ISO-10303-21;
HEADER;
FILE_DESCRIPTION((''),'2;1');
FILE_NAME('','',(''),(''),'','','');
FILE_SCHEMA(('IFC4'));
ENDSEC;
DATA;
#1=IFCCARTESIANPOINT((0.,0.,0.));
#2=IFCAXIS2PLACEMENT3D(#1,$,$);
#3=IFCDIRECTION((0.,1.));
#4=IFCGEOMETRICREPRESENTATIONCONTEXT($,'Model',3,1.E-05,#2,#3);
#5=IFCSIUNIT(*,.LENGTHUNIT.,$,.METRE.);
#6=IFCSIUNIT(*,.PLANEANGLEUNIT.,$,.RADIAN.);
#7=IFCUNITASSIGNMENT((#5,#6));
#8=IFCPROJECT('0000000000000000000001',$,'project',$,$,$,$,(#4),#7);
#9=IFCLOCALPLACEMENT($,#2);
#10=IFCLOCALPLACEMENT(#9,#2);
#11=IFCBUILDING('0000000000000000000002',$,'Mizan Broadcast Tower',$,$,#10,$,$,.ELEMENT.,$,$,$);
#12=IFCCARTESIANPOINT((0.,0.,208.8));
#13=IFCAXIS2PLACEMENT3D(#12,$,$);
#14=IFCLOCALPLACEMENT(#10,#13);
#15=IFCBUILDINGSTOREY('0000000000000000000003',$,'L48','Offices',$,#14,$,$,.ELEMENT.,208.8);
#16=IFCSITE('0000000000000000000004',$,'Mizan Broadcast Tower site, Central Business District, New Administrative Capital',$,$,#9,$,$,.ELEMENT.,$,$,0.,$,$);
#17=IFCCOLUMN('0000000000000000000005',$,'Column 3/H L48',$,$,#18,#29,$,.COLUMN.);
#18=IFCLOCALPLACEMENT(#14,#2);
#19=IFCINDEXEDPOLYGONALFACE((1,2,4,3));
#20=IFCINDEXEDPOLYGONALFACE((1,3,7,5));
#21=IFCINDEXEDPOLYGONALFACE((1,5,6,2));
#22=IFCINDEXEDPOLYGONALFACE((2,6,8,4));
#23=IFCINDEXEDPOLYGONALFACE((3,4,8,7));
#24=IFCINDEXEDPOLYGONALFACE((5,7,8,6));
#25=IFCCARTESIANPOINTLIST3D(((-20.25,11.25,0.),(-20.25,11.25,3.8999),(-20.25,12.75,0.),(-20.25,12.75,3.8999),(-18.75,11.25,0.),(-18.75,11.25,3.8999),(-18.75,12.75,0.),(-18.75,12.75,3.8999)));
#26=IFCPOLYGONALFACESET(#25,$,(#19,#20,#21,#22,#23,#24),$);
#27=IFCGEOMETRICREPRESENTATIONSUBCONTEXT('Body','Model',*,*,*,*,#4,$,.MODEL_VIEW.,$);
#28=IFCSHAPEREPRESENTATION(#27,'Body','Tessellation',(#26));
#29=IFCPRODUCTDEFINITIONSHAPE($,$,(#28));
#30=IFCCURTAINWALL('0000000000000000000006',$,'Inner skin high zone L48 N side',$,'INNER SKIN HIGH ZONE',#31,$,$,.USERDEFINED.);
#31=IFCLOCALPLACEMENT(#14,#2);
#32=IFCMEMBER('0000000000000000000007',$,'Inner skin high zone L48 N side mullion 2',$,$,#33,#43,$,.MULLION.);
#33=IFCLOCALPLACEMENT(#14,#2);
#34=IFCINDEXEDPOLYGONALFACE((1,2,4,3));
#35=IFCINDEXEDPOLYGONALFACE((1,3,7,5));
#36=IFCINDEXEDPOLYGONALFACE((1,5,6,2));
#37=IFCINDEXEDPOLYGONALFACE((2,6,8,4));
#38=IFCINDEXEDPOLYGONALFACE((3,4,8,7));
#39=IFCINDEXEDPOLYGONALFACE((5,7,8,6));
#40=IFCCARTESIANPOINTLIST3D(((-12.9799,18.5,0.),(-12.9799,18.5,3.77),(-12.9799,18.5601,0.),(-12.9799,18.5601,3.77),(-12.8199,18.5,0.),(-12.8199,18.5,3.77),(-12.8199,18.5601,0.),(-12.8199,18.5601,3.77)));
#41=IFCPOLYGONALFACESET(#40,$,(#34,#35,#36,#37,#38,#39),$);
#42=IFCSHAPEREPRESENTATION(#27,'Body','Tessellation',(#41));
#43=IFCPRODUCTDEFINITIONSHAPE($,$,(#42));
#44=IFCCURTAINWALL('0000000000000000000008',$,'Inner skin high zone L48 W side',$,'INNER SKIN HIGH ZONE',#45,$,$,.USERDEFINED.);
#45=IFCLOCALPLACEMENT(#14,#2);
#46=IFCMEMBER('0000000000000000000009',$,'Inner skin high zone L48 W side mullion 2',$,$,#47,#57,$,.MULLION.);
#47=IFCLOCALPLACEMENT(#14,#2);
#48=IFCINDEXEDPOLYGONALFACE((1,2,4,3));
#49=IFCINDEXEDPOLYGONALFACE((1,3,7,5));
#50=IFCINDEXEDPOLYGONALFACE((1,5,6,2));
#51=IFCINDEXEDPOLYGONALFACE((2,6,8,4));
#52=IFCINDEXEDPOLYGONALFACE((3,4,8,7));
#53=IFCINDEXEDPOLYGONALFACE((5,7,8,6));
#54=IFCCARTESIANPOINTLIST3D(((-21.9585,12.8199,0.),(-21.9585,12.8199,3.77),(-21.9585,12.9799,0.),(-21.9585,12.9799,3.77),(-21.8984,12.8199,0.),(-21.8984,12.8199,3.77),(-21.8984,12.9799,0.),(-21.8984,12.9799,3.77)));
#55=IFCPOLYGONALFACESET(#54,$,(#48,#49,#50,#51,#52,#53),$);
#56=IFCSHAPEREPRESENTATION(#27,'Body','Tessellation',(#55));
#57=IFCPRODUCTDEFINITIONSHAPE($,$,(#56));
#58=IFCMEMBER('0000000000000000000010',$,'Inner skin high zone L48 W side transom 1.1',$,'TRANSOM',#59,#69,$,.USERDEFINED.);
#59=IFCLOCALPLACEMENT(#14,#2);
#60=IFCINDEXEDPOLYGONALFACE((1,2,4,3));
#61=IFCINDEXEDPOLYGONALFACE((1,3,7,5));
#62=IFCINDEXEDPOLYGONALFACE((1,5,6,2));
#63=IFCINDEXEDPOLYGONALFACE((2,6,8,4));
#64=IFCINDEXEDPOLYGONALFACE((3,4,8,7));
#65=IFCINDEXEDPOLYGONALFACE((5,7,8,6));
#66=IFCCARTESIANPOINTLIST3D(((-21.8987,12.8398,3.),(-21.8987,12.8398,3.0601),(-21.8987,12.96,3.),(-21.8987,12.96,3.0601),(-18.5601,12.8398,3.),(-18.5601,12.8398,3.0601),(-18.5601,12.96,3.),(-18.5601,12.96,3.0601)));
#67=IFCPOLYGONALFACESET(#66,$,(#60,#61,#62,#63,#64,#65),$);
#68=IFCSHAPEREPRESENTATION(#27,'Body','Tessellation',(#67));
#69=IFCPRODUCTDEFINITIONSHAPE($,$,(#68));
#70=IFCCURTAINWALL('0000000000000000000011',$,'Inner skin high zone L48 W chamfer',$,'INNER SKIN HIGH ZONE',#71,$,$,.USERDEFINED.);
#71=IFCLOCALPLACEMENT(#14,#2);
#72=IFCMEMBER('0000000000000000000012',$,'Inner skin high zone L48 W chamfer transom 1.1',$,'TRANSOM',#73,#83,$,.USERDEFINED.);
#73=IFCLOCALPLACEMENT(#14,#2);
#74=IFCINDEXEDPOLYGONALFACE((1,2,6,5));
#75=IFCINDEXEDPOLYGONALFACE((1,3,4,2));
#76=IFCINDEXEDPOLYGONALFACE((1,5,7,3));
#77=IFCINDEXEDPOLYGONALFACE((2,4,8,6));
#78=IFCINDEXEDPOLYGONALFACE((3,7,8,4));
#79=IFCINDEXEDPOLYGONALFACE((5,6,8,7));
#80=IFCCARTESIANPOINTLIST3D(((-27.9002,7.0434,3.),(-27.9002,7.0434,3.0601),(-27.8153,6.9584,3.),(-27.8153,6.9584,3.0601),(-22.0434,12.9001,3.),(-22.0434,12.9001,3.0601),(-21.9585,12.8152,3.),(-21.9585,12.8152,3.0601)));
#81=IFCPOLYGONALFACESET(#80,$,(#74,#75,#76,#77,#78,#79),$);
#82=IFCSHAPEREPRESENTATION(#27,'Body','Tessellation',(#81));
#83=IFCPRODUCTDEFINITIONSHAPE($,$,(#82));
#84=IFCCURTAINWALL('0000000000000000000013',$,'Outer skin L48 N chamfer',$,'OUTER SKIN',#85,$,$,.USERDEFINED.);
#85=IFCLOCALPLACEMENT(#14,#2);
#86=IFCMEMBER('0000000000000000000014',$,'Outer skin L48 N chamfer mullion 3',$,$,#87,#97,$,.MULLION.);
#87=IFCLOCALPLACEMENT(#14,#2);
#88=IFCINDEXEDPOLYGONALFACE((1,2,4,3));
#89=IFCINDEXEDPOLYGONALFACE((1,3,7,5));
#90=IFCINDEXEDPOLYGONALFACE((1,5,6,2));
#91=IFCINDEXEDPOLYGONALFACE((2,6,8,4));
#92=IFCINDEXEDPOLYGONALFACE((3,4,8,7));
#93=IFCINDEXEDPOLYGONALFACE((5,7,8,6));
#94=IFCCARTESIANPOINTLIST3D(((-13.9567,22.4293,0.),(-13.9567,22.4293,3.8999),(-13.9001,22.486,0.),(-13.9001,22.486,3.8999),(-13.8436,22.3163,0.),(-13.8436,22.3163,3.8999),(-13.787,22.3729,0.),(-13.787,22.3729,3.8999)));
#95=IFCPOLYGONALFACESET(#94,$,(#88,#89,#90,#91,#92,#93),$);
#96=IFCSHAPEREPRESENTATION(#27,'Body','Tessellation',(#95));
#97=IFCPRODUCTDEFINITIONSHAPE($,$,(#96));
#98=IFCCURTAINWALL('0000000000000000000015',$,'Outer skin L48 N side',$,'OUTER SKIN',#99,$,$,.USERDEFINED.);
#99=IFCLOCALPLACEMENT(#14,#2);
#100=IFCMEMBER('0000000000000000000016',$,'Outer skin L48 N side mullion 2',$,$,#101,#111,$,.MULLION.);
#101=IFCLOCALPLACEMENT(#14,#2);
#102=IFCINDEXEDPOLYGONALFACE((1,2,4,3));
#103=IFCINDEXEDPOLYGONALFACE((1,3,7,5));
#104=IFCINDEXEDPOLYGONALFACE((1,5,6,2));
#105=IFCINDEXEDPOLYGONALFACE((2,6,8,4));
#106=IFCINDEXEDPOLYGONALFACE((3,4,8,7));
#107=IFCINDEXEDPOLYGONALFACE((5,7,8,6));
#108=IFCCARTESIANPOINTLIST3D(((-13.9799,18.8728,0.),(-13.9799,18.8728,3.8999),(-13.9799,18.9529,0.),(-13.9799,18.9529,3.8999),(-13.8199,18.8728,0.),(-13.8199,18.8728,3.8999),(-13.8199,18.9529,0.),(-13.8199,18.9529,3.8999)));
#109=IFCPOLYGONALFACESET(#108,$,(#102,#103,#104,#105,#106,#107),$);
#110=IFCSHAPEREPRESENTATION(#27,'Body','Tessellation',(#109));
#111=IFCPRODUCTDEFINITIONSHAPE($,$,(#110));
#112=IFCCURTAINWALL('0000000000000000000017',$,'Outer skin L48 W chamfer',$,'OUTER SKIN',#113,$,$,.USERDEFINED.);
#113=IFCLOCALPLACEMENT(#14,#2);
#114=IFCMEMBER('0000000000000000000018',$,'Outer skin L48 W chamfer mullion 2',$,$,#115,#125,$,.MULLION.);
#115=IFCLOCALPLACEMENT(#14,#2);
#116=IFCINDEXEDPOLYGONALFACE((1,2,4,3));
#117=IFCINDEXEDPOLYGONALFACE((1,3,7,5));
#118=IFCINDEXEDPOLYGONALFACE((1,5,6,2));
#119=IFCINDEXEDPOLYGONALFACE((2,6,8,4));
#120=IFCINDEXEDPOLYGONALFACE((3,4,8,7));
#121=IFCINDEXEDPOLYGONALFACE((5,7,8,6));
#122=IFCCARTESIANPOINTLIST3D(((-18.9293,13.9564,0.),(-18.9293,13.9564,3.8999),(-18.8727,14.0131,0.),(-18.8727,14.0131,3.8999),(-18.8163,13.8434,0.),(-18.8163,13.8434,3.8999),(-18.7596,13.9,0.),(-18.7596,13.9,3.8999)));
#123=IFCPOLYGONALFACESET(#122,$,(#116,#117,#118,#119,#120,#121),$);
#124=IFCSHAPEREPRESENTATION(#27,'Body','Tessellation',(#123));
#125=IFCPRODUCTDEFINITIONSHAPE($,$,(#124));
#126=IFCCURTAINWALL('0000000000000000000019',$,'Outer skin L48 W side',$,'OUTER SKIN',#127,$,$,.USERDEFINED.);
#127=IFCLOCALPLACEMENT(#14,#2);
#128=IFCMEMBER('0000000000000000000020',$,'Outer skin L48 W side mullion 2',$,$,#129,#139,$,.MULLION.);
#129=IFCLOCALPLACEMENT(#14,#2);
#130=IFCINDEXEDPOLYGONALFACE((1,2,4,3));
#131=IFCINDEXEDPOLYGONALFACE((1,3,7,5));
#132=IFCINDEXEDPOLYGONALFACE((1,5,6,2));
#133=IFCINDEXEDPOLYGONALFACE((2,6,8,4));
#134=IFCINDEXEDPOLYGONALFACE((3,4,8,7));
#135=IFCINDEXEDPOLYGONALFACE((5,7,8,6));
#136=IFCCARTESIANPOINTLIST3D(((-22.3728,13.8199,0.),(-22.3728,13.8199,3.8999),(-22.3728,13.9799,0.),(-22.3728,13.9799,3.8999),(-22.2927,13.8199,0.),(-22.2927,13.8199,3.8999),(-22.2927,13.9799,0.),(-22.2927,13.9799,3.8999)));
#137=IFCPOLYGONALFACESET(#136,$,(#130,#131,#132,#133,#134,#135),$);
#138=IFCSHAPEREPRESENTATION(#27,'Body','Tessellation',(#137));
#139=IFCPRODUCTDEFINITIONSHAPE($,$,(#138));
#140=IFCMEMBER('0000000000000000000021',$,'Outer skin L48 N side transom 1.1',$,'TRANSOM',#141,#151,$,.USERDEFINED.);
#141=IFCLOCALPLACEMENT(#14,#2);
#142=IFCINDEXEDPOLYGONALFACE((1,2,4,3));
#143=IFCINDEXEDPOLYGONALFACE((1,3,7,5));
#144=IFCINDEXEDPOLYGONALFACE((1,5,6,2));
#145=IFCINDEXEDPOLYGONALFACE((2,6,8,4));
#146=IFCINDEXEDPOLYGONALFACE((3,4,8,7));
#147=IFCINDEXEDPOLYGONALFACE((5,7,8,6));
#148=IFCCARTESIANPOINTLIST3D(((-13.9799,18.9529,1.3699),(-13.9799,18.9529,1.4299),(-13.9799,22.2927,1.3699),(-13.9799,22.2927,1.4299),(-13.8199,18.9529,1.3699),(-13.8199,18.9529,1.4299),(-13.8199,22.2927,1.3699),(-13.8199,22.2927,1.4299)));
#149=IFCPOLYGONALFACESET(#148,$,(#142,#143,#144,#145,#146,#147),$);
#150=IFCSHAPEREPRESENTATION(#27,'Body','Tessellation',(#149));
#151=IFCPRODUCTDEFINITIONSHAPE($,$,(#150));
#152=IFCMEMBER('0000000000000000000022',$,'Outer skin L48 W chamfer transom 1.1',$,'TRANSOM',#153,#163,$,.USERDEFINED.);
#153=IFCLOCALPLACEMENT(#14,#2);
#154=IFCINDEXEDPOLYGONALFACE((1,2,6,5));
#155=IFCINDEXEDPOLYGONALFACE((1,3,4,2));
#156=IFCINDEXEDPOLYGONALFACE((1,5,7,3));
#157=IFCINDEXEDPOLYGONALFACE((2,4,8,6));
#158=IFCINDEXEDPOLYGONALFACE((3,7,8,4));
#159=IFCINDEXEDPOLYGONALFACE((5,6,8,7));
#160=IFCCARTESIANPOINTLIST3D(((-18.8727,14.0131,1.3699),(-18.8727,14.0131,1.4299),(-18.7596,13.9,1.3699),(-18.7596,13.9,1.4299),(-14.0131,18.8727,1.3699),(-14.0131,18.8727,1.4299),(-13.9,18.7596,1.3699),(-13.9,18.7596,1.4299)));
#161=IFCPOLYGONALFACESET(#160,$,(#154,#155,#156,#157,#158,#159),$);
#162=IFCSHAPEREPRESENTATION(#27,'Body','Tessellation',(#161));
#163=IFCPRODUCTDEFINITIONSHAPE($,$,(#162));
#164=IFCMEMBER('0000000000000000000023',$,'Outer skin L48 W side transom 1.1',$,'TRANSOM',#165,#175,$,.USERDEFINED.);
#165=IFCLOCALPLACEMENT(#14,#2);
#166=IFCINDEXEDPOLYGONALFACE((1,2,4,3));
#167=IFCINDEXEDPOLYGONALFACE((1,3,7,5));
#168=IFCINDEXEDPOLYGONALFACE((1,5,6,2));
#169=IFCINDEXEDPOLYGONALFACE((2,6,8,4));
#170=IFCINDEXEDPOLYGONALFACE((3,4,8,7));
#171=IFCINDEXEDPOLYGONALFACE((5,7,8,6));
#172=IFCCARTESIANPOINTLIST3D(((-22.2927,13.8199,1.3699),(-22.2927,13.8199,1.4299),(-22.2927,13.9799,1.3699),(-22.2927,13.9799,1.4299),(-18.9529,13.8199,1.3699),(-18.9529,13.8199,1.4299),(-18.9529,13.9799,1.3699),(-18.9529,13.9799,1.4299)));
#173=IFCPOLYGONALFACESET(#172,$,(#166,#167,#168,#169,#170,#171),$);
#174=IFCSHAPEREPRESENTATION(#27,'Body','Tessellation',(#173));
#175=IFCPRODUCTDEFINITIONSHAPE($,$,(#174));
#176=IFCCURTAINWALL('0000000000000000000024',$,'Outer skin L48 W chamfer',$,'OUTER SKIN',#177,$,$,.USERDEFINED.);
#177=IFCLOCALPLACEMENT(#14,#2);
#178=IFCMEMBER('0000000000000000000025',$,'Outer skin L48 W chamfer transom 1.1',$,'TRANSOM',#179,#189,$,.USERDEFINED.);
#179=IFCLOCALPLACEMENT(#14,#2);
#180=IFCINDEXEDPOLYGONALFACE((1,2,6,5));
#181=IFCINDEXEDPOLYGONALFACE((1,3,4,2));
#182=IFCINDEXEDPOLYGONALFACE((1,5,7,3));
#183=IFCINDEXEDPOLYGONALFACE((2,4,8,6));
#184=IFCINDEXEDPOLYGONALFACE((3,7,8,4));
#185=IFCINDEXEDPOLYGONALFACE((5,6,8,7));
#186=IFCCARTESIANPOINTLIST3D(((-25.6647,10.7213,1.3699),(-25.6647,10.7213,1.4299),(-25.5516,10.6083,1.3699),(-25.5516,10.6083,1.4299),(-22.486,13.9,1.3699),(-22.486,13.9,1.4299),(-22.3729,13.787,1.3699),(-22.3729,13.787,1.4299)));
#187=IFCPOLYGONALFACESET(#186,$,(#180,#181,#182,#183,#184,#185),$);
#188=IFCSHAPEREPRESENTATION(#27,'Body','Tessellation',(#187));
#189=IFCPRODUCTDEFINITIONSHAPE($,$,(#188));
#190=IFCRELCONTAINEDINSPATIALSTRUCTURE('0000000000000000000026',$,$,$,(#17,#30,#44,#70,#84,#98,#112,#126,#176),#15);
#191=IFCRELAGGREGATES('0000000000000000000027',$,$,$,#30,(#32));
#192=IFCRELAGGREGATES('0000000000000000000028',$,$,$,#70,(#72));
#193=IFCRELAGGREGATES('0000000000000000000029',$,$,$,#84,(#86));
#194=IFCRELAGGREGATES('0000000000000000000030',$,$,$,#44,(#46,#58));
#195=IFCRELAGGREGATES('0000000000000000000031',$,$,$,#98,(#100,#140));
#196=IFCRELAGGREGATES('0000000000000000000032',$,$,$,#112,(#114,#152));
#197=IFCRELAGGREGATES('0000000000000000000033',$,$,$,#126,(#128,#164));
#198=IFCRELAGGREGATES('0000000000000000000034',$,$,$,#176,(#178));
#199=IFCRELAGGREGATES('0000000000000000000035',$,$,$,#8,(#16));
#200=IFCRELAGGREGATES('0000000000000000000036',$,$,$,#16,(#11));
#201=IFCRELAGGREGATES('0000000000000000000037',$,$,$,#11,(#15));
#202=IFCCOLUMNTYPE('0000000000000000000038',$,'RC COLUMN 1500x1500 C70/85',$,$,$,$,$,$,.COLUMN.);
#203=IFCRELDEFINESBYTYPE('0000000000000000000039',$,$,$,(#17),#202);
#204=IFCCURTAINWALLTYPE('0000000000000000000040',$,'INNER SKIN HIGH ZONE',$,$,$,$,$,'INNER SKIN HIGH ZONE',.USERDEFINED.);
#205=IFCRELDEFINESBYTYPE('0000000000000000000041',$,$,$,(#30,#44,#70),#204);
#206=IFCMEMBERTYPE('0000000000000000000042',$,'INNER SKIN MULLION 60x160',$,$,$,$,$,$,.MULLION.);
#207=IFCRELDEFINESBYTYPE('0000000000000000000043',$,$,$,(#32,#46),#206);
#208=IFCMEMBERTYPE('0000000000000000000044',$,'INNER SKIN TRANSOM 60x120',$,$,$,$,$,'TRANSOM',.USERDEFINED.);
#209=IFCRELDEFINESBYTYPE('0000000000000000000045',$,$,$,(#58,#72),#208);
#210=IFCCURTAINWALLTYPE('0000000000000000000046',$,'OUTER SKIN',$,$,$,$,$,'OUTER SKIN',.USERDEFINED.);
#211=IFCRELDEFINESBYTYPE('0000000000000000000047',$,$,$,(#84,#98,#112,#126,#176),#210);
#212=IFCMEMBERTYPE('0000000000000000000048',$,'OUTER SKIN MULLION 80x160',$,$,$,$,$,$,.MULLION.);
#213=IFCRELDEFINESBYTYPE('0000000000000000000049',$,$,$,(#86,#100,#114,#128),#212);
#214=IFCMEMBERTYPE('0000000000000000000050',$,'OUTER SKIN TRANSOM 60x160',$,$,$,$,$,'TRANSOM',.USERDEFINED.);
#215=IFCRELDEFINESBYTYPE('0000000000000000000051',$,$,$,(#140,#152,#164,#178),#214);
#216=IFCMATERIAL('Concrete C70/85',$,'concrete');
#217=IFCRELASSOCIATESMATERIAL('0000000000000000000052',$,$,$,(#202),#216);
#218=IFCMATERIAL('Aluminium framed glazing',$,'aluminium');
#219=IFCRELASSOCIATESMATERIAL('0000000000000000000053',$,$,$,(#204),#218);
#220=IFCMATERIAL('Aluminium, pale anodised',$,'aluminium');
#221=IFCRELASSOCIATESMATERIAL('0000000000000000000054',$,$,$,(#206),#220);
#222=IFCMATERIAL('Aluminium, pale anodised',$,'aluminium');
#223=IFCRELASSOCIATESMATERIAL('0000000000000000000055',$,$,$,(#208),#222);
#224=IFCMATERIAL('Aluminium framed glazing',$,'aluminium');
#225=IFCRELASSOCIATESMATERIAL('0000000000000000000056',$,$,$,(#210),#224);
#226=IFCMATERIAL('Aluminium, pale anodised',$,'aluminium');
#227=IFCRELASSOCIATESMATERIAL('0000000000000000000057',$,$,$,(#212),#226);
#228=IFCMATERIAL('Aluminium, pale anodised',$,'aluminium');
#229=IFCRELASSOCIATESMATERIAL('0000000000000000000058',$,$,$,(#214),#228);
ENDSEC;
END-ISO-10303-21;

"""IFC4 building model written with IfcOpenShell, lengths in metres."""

from ifc_helpers import new_model, si_unit, direction, frame, origin, origin_2d, place, context, subcontext, project, spatial, rectangle, extrude, material, material_profile, profile_set, type_object, element, aggregate, save


model = new_model("IFC4")

# Units and contexts
model_context = context("Model", 3, precision=1e-05, world=origin(), true_north=direction((0.0, 1.0)))
body_context = subcontext(model_context, "Body", "Model", "MODEL_VIEW")
ifc_project = project(units=[si_unit("LENGTHUNIT", "METRE"), si_unit("PLANEANGLEUNIT", "RADIAN")], contexts=[model_context])

# Site, building, storey
site_placement = place(None, origin())
site = spatial("IfcSite", under=ifc_project, at=site_placement, Name="Mizan Broadcast Tower site, Central Business District, New Administrative Capital", CompositionType="ELEMENT", RefElevation=0.0)
building_placement = place(site_placement, origin())
building = spatial("IfcBuilding", under=site, at=building_placement, Name="Mizan Broadcast Tower", CompositionType="ELEMENT")
storey_placement = place(building_placement, frame((0.0, 0.0, 208.8)))
storey = spatial("IfcBuildingStorey", under=building, at=storey_placement, Name="L48", Description="Offices", CompositionType="ELEMENT", Elevation=208.8)

# Column
ifc_material_1 = material(Name="Concrete C70/85", Category="concrete")
ifc_material_profile_1 = material_profile(ifc_material_1, rectangle(XDim=1.5, YDim=1.5, at=origin_2d()), Name="RC 1500x1500")
ifc_profile_set_1 = profile_set([ifc_material_profile_1], Name="Concrete C70/85")
column_type = type_object("IfcColumnType", Name="RC COLUMN 1500x1500 C70/85", PredefinedType="COLUMN", material=ifc_profile_set_1)
column_placement = place(storey_placement, frame((-19.5, 12.0, 0.0), z_axis=(0.0, 0.0, 1.0), x_axis=(1.0, 0.0, 0.0)))
element("IfcColumn", 1, at=column_placement, inside=storey, type_object=column_type, Name="Column 3/H L48", PredefinedType="COLUMN", context=body_context, shape_type="SweptSolid", body=[
    extrude(rectangle(XDim=1.5, YDim=1.5, at=origin_2d()), origin(), (0.0, 0.0, 1.0), 3.8999),
])

# Curtain wall, member
ifc_material_2 = material(Name="Aluminium framed glazing", Category="aluminium")
curtain_wall_type_1 = type_object("IfcCurtainWallType", Name="INNER SKIN HIGH ZONE", ElementType="INNER SKIN HIGH ZONE", PredefinedType="USERDEFINED", material=ifc_material_2)
curtain_wall_1_placement = place(storey_placement, origin())
curtain_wall_1 = element("IfcCurtainWall", 2, at=curtain_wall_1_placement, inside=storey, type_object=curtain_wall_type_1, Name="Inner skin high zone L48 N side", ObjectType="INNER SKIN HIGH ZONE", PredefinedType="USERDEFINED")
ifc_material_3 = material(Name="Aluminium, pale anodised", Category="aluminium")
ifc_material_profile_2 = material_profile(ifc_material_3, rectangle(XDim=0.1599, YDim=0.0601, at=origin_2d()), Name="MULLION 160x60")
ifc_profile_set_2 = profile_set([ifc_material_profile_2], Name="Aluminium, pale anodised")
member_type_1 = type_object("IfcMemberType", Name="INNER SKIN MULLION 60x160", PredefinedType="MULLION", material=ifc_profile_set_2)
member_1_placement = place(storey_placement, frame((-12.8999, 18.53, 0.0), z_axis=(0.0, 0.0, 1.0), x_axis=(1.0, 0.0, 0.0)))
member_1 = element("IfcMember", 3, at=member_1_placement, type_object=member_type_1, Name="Inner skin high zone L48 N side mullion 2", PredefinedType="MULLION", context=body_context, shape_type="SweptSolid", body=[
    extrude(rectangle(XDim=0.1599, YDim=0.0601, at=origin_2d()), origin(), (0.0, 0.0, 1.0), 3.77),
])
aggregate(curtain_wall_1, [member_1])

# Curtain wall, members
curtain_wall_2_placement = place(storey_placement, origin())
curtain_wall_2 = element("IfcCurtainWall", 4, at=curtain_wall_2_placement, inside=storey, type_object=curtain_wall_type_1, Name="Inner skin high zone L48 W side", ObjectType="INNER SKIN HIGH ZONE", PredefinedType="USERDEFINED")
member_2_placement = place(storey_placement, frame((-21.9285, 12.8999, 0.0), z_axis=(0.0, 0.0, 1.0), x_axis=(0.0, -1.0, 0.0)))
member_2 = element("IfcMember", 5, at=member_2_placement, type_object=member_type_1, Name="Inner skin high zone L48 W side mullion 2", PredefinedType="MULLION", context=body_context, shape_type="SweptSolid", body=[
    extrude(rectangle(XDim=0.1599, YDim=0.0601, at=origin_2d()), origin(), (0.0, 0.0, 1.0), 3.77),
])
ifc_material_4 = material(Name="Aluminium, pale anodised", Category="aluminium")
ifc_material_profile_3 = material_profile(ifc_material_4, rectangle(XDim=0.1201, YDim=0.0601, at=origin_2d()), Name="TRANSOM 120x60")
ifc_profile_set_3 = profile_set([ifc_material_profile_3], Name="Aluminium, pale anodised")
member_type_2 = type_object("IfcMemberType", Name="INNER SKIN TRANSOM 60x120", ElementType="TRANSOM", PredefinedType="USERDEFINED", material=ifc_profile_set_3)
member_3_placement = place(storey_placement, frame((-18.5601, 12.8999, 3.03), z_axis=(-1.0, 0.0, 0.0), x_axis=(0.0, -1.0, 0.0)))
member_3 = element("IfcMember", 6, at=member_3_placement, type_object=member_type_2, Name="Inner skin high zone L48 W side transom 1.1", ObjectType="TRANSOM", PredefinedType="USERDEFINED", context=body_context, shape_type="SweptSolid", body=[
    extrude(rectangle(XDim=0.1201, YDim=0.0601, at=origin_2d()), origin(), (0.0, 0.0, 1.0), 3.3386),
])

# Curtain walls, members
curtain_wall_3_placement = place(storey_placement, origin())
curtain_wall_3 = element("IfcCurtainWall", 7, at=curtain_wall_3_placement, inside=storey, type_object=curtain_wall_type_1, Name="Inner skin high zone L48 W chamfer", ObjectType="INNER SKIN HIGH ZONE", PredefinedType="USERDEFINED")
member_4_placement = place(storey_placement, frame((-22.001, 12.8577, 3.03), z_axis=(-0.707107, -0.707107, 0.0), x_axis=(0.707107, -0.707107, 0.0)))
member_4 = element("IfcMember", 8, at=member_4_placement, type_object=member_type_2, Name="Inner skin high zone L48 W chamfer transom 1.1", ObjectType="TRANSOM", PredefinedType="USERDEFINED", context=body_context, shape_type="SweptSolid", body=[
    extrude(rectangle(XDim=0.1201, YDim=0.0601, at=origin_2d()), origin(), (0.0, 0.0, 1.0), 8.2827),
])
aggregate(curtain_wall_3, [member_4])
ifc_material_5 = material(Name="Aluminium framed glazing", Category="aluminium")
curtain_wall_type_2 = type_object("IfcCurtainWallType", Name="OUTER SKIN", ElementType="OUTER SKIN", PredefinedType="USERDEFINED", material=ifc_material_5)
curtain_wall_4_placement = place(storey_placement, origin())
curtain_wall_4 = element("IfcCurtainWall", 9, at=curtain_wall_4_placement, inside=storey, type_object=curtain_wall_type_2, Name="Outer skin L48 N chamfer", ObjectType="OUTER SKIN", PredefinedType="USERDEFINED")
ifc_material_6 = material(Name="Aluminium, pale anodised", Category="aluminium")
ifc_material_profile_4 = material_profile(ifc_material_6, rectangle(XDim=0.1599, YDim=0.0801, at=origin_2d()), Name="MULLION 160x80")
ifc_profile_set_4 = profile_set([ifc_material_profile_4], Name="Aluminium, pale anodised")
member_type_3 = type_object("IfcMemberType", Name="OUTER SKIN MULLION 80x160", PredefinedType="MULLION", material=ifc_profile_set_4)
member_5_placement = place(storey_placement, frame((-13.8718, 22.4011, 0.0), z_axis=(0.0, 0.0, 1.0), x_axis=(0.707107, -0.707107, 0.0)))
member_5 = element("IfcMember", 10, at=member_5_placement, type_object=member_type_3, Name="Outer skin L48 N chamfer mullion 3", PredefinedType="MULLION", context=body_context, shape_type="SweptSolid", body=[
    extrude(rectangle(XDim=0.1599, YDim=0.0801, at=origin_2d()), origin(), (0.0, 0.0, 1.0), 3.8999),
])
aggregate(curtain_wall_4, [member_5])
curtain_wall_5_placement = place(storey_placement, origin())
curtain_wall_5 = element("IfcCurtainWall", 11, at=curtain_wall_5_placement, inside=storey, type_object=curtain_wall_type_2, Name="Outer skin L48 N side", ObjectType="OUTER SKIN", PredefinedType="USERDEFINED")
member_6_placement = place(storey_placement, frame((-13.8999, 18.9128, 0.0), z_axis=(0.0, 0.0, 1.0), x_axis=(1.0, 0.0, 0.0)))
member_6 = element("IfcMember", 12, at=member_6_placement, type_object=member_type_3, Name="Outer skin L48 N side mullion 2", PredefinedType="MULLION", context=body_context, shape_type="SweptSolid", body=[
    extrude(rectangle(XDim=0.1599, YDim=0.0801, at=origin_2d()), origin(), (0.0, 0.0, 1.0), 3.8999),
])
curtain_wall_6_placement = place(storey_placement, origin())
curtain_wall_6 = element("IfcCurtainWall", 13, at=curtain_wall_6_placement, inside=storey, type_object=curtain_wall_type_2, Name="Outer skin L48 W chamfer", ObjectType="OUTER SKIN", PredefinedType="USERDEFINED")
member_7_placement = place(storey_placement, frame((-18.8445, 13.9282, 0.0), z_axis=(0.0, 0.0, 1.0), x_axis=(0.707107, -0.707107, 0.0)))
member_7 = element("IfcMember", 14, at=member_7_placement, type_object=member_type_3, Name="Outer skin L48 W chamfer mullion 2", PredefinedType="MULLION", context=body_context, shape_type="SweptSolid", body=[
    extrude(rectangle(XDim=0.1599, YDim=0.0801, at=origin_2d()), origin(), (0.0, 0.0, 1.0), 3.8999),
])
curtain_wall_7_placement = place(storey_placement, origin())
curtain_wall_7 = element("IfcCurtainWall", 15, at=curtain_wall_7_placement, inside=storey, type_object=curtain_wall_type_2, Name="Outer skin L48 W side", ObjectType="OUTER SKIN", PredefinedType="USERDEFINED")
member_8_placement = place(storey_placement, frame((-22.3328, 13.8999, 0.0), z_axis=(0.0, 0.0, 1.0), x_axis=(0.0, -1.0, 0.0)))
member_8 = element("IfcMember", 16, at=member_8_placement, type_object=member_type_3, Name="Outer skin L48 W side mullion 2", PredefinedType="MULLION", context=body_context, shape_type="SweptSolid", body=[
    extrude(rectangle(XDim=0.1599, YDim=0.0801, at=origin_2d()), origin(), (0.0, 0.0, 1.0), 3.8999),
])

# Members
ifc_material_7 = material(Name="Aluminium, pale anodised", Category="aluminium")
ifc_material_profile_5 = material_profile(ifc_material_7, rectangle(XDim=0.1599, YDim=0.0601, at=origin_2d()), Name="TRANSOM 160x60")
ifc_profile_set_5 = profile_set([ifc_material_profile_5], Name="Aluminium, pale anodised")
member_type_4 = type_object("IfcMemberType", Name="OUTER SKIN TRANSOM 60x160", ElementType="TRANSOM", PredefinedType="USERDEFINED", material=ifc_profile_set_5)
member_9_placement = place(storey_placement, frame((-13.8999, 22.2927, 1.3999), z_axis=(0.0, -1.0, 0.0), x_axis=(1.0, 0.0, 0.0)))
member_9 = element("IfcMember", 17, at=member_9_placement, type_object=member_type_4, Name="Outer skin L48 N side transom 1.1", ObjectType="TRANSOM", PredefinedType="USERDEFINED", context=body_context, shape_type="SweptSolid", body=[
    extrude(rectangle(XDim=0.1599, YDim=0.0601, at=origin_2d()), origin(), (0.0, 0.0, 1.0), 3.3398),
])
member_10_placement = place(storey_placement, frame((-13.9565, 18.8162, 1.3999), z_axis=(-0.707107, -0.707107, 0.0), x_axis=(0.707107, -0.707107, 0.0)))
member_10 = element("IfcMember", 18, at=member_10_placement, type_object=member_type_4, Name="Outer skin L48 W chamfer transom 1.1", ObjectType="TRANSOM", PredefinedType="USERDEFINED", context=body_context, shape_type="SweptSolid", body=[
    extrude(rectangle(XDim=0.1599, YDim=0.0601, at=origin_2d()), origin(), (0.0, 0.0, 1.0), 6.8726),
])
member_11_placement = place(storey_placement, frame((-18.9529, 13.8999, 1.3999), z_axis=(-1.0, 0.0, 0.0), x_axis=(0.0, -1.0, 0.0)))
member_11 = element("IfcMember", 19, at=member_11_placement, type_object=member_type_4, Name="Outer skin L48 W side transom 1.1", ObjectType="TRANSOM", PredefinedType="USERDEFINED", context=body_context, shape_type="SweptSolid", body=[
    extrude(rectangle(XDim=0.1599, YDim=0.0601, at=origin_2d()), origin(), (0.0, 0.0, 1.0), 3.3398),
])

# Curtain wall, member
curtain_wall_8_placement = place(storey_placement, origin())
curtain_wall_8 = element("IfcCurtainWall", 20, at=curtain_wall_8_placement, inside=storey, type_object=curtain_wall_type_2, Name="Outer skin L48 W chamfer", ObjectType="OUTER SKIN", PredefinedType="USERDEFINED")
member_12_placement = place(storey_placement, frame((-22.4294, 13.8435, 1.3999), z_axis=(-0.707107, -0.707107, 0.0), x_axis=(0.707107, -0.707107, 0.0)))
member_12 = element("IfcMember", 21, at=member_12_placement, type_object=member_type_4, Name="Outer skin L48 W chamfer transom 1.1", ObjectType="TRANSOM", PredefinedType="USERDEFINED", context=body_context, shape_type="SweptSolid", body=[
    extrude(rectangle(XDim=0.1599, YDim=0.0601, at=origin_2d()), origin(), (0.0, 0.0, 1.0), 4.4954),
])

aggregate(curtain_wall_2, [member_2, member_3])
aggregate(curtain_wall_5, [member_6, member_9])
aggregate(curtain_wall_6, [member_7, member_10])
aggregate(curtain_wall_7, [member_8, member_11])
aggregate(curtain_wall_8, [member_12])

save(model, "model.ifc")
